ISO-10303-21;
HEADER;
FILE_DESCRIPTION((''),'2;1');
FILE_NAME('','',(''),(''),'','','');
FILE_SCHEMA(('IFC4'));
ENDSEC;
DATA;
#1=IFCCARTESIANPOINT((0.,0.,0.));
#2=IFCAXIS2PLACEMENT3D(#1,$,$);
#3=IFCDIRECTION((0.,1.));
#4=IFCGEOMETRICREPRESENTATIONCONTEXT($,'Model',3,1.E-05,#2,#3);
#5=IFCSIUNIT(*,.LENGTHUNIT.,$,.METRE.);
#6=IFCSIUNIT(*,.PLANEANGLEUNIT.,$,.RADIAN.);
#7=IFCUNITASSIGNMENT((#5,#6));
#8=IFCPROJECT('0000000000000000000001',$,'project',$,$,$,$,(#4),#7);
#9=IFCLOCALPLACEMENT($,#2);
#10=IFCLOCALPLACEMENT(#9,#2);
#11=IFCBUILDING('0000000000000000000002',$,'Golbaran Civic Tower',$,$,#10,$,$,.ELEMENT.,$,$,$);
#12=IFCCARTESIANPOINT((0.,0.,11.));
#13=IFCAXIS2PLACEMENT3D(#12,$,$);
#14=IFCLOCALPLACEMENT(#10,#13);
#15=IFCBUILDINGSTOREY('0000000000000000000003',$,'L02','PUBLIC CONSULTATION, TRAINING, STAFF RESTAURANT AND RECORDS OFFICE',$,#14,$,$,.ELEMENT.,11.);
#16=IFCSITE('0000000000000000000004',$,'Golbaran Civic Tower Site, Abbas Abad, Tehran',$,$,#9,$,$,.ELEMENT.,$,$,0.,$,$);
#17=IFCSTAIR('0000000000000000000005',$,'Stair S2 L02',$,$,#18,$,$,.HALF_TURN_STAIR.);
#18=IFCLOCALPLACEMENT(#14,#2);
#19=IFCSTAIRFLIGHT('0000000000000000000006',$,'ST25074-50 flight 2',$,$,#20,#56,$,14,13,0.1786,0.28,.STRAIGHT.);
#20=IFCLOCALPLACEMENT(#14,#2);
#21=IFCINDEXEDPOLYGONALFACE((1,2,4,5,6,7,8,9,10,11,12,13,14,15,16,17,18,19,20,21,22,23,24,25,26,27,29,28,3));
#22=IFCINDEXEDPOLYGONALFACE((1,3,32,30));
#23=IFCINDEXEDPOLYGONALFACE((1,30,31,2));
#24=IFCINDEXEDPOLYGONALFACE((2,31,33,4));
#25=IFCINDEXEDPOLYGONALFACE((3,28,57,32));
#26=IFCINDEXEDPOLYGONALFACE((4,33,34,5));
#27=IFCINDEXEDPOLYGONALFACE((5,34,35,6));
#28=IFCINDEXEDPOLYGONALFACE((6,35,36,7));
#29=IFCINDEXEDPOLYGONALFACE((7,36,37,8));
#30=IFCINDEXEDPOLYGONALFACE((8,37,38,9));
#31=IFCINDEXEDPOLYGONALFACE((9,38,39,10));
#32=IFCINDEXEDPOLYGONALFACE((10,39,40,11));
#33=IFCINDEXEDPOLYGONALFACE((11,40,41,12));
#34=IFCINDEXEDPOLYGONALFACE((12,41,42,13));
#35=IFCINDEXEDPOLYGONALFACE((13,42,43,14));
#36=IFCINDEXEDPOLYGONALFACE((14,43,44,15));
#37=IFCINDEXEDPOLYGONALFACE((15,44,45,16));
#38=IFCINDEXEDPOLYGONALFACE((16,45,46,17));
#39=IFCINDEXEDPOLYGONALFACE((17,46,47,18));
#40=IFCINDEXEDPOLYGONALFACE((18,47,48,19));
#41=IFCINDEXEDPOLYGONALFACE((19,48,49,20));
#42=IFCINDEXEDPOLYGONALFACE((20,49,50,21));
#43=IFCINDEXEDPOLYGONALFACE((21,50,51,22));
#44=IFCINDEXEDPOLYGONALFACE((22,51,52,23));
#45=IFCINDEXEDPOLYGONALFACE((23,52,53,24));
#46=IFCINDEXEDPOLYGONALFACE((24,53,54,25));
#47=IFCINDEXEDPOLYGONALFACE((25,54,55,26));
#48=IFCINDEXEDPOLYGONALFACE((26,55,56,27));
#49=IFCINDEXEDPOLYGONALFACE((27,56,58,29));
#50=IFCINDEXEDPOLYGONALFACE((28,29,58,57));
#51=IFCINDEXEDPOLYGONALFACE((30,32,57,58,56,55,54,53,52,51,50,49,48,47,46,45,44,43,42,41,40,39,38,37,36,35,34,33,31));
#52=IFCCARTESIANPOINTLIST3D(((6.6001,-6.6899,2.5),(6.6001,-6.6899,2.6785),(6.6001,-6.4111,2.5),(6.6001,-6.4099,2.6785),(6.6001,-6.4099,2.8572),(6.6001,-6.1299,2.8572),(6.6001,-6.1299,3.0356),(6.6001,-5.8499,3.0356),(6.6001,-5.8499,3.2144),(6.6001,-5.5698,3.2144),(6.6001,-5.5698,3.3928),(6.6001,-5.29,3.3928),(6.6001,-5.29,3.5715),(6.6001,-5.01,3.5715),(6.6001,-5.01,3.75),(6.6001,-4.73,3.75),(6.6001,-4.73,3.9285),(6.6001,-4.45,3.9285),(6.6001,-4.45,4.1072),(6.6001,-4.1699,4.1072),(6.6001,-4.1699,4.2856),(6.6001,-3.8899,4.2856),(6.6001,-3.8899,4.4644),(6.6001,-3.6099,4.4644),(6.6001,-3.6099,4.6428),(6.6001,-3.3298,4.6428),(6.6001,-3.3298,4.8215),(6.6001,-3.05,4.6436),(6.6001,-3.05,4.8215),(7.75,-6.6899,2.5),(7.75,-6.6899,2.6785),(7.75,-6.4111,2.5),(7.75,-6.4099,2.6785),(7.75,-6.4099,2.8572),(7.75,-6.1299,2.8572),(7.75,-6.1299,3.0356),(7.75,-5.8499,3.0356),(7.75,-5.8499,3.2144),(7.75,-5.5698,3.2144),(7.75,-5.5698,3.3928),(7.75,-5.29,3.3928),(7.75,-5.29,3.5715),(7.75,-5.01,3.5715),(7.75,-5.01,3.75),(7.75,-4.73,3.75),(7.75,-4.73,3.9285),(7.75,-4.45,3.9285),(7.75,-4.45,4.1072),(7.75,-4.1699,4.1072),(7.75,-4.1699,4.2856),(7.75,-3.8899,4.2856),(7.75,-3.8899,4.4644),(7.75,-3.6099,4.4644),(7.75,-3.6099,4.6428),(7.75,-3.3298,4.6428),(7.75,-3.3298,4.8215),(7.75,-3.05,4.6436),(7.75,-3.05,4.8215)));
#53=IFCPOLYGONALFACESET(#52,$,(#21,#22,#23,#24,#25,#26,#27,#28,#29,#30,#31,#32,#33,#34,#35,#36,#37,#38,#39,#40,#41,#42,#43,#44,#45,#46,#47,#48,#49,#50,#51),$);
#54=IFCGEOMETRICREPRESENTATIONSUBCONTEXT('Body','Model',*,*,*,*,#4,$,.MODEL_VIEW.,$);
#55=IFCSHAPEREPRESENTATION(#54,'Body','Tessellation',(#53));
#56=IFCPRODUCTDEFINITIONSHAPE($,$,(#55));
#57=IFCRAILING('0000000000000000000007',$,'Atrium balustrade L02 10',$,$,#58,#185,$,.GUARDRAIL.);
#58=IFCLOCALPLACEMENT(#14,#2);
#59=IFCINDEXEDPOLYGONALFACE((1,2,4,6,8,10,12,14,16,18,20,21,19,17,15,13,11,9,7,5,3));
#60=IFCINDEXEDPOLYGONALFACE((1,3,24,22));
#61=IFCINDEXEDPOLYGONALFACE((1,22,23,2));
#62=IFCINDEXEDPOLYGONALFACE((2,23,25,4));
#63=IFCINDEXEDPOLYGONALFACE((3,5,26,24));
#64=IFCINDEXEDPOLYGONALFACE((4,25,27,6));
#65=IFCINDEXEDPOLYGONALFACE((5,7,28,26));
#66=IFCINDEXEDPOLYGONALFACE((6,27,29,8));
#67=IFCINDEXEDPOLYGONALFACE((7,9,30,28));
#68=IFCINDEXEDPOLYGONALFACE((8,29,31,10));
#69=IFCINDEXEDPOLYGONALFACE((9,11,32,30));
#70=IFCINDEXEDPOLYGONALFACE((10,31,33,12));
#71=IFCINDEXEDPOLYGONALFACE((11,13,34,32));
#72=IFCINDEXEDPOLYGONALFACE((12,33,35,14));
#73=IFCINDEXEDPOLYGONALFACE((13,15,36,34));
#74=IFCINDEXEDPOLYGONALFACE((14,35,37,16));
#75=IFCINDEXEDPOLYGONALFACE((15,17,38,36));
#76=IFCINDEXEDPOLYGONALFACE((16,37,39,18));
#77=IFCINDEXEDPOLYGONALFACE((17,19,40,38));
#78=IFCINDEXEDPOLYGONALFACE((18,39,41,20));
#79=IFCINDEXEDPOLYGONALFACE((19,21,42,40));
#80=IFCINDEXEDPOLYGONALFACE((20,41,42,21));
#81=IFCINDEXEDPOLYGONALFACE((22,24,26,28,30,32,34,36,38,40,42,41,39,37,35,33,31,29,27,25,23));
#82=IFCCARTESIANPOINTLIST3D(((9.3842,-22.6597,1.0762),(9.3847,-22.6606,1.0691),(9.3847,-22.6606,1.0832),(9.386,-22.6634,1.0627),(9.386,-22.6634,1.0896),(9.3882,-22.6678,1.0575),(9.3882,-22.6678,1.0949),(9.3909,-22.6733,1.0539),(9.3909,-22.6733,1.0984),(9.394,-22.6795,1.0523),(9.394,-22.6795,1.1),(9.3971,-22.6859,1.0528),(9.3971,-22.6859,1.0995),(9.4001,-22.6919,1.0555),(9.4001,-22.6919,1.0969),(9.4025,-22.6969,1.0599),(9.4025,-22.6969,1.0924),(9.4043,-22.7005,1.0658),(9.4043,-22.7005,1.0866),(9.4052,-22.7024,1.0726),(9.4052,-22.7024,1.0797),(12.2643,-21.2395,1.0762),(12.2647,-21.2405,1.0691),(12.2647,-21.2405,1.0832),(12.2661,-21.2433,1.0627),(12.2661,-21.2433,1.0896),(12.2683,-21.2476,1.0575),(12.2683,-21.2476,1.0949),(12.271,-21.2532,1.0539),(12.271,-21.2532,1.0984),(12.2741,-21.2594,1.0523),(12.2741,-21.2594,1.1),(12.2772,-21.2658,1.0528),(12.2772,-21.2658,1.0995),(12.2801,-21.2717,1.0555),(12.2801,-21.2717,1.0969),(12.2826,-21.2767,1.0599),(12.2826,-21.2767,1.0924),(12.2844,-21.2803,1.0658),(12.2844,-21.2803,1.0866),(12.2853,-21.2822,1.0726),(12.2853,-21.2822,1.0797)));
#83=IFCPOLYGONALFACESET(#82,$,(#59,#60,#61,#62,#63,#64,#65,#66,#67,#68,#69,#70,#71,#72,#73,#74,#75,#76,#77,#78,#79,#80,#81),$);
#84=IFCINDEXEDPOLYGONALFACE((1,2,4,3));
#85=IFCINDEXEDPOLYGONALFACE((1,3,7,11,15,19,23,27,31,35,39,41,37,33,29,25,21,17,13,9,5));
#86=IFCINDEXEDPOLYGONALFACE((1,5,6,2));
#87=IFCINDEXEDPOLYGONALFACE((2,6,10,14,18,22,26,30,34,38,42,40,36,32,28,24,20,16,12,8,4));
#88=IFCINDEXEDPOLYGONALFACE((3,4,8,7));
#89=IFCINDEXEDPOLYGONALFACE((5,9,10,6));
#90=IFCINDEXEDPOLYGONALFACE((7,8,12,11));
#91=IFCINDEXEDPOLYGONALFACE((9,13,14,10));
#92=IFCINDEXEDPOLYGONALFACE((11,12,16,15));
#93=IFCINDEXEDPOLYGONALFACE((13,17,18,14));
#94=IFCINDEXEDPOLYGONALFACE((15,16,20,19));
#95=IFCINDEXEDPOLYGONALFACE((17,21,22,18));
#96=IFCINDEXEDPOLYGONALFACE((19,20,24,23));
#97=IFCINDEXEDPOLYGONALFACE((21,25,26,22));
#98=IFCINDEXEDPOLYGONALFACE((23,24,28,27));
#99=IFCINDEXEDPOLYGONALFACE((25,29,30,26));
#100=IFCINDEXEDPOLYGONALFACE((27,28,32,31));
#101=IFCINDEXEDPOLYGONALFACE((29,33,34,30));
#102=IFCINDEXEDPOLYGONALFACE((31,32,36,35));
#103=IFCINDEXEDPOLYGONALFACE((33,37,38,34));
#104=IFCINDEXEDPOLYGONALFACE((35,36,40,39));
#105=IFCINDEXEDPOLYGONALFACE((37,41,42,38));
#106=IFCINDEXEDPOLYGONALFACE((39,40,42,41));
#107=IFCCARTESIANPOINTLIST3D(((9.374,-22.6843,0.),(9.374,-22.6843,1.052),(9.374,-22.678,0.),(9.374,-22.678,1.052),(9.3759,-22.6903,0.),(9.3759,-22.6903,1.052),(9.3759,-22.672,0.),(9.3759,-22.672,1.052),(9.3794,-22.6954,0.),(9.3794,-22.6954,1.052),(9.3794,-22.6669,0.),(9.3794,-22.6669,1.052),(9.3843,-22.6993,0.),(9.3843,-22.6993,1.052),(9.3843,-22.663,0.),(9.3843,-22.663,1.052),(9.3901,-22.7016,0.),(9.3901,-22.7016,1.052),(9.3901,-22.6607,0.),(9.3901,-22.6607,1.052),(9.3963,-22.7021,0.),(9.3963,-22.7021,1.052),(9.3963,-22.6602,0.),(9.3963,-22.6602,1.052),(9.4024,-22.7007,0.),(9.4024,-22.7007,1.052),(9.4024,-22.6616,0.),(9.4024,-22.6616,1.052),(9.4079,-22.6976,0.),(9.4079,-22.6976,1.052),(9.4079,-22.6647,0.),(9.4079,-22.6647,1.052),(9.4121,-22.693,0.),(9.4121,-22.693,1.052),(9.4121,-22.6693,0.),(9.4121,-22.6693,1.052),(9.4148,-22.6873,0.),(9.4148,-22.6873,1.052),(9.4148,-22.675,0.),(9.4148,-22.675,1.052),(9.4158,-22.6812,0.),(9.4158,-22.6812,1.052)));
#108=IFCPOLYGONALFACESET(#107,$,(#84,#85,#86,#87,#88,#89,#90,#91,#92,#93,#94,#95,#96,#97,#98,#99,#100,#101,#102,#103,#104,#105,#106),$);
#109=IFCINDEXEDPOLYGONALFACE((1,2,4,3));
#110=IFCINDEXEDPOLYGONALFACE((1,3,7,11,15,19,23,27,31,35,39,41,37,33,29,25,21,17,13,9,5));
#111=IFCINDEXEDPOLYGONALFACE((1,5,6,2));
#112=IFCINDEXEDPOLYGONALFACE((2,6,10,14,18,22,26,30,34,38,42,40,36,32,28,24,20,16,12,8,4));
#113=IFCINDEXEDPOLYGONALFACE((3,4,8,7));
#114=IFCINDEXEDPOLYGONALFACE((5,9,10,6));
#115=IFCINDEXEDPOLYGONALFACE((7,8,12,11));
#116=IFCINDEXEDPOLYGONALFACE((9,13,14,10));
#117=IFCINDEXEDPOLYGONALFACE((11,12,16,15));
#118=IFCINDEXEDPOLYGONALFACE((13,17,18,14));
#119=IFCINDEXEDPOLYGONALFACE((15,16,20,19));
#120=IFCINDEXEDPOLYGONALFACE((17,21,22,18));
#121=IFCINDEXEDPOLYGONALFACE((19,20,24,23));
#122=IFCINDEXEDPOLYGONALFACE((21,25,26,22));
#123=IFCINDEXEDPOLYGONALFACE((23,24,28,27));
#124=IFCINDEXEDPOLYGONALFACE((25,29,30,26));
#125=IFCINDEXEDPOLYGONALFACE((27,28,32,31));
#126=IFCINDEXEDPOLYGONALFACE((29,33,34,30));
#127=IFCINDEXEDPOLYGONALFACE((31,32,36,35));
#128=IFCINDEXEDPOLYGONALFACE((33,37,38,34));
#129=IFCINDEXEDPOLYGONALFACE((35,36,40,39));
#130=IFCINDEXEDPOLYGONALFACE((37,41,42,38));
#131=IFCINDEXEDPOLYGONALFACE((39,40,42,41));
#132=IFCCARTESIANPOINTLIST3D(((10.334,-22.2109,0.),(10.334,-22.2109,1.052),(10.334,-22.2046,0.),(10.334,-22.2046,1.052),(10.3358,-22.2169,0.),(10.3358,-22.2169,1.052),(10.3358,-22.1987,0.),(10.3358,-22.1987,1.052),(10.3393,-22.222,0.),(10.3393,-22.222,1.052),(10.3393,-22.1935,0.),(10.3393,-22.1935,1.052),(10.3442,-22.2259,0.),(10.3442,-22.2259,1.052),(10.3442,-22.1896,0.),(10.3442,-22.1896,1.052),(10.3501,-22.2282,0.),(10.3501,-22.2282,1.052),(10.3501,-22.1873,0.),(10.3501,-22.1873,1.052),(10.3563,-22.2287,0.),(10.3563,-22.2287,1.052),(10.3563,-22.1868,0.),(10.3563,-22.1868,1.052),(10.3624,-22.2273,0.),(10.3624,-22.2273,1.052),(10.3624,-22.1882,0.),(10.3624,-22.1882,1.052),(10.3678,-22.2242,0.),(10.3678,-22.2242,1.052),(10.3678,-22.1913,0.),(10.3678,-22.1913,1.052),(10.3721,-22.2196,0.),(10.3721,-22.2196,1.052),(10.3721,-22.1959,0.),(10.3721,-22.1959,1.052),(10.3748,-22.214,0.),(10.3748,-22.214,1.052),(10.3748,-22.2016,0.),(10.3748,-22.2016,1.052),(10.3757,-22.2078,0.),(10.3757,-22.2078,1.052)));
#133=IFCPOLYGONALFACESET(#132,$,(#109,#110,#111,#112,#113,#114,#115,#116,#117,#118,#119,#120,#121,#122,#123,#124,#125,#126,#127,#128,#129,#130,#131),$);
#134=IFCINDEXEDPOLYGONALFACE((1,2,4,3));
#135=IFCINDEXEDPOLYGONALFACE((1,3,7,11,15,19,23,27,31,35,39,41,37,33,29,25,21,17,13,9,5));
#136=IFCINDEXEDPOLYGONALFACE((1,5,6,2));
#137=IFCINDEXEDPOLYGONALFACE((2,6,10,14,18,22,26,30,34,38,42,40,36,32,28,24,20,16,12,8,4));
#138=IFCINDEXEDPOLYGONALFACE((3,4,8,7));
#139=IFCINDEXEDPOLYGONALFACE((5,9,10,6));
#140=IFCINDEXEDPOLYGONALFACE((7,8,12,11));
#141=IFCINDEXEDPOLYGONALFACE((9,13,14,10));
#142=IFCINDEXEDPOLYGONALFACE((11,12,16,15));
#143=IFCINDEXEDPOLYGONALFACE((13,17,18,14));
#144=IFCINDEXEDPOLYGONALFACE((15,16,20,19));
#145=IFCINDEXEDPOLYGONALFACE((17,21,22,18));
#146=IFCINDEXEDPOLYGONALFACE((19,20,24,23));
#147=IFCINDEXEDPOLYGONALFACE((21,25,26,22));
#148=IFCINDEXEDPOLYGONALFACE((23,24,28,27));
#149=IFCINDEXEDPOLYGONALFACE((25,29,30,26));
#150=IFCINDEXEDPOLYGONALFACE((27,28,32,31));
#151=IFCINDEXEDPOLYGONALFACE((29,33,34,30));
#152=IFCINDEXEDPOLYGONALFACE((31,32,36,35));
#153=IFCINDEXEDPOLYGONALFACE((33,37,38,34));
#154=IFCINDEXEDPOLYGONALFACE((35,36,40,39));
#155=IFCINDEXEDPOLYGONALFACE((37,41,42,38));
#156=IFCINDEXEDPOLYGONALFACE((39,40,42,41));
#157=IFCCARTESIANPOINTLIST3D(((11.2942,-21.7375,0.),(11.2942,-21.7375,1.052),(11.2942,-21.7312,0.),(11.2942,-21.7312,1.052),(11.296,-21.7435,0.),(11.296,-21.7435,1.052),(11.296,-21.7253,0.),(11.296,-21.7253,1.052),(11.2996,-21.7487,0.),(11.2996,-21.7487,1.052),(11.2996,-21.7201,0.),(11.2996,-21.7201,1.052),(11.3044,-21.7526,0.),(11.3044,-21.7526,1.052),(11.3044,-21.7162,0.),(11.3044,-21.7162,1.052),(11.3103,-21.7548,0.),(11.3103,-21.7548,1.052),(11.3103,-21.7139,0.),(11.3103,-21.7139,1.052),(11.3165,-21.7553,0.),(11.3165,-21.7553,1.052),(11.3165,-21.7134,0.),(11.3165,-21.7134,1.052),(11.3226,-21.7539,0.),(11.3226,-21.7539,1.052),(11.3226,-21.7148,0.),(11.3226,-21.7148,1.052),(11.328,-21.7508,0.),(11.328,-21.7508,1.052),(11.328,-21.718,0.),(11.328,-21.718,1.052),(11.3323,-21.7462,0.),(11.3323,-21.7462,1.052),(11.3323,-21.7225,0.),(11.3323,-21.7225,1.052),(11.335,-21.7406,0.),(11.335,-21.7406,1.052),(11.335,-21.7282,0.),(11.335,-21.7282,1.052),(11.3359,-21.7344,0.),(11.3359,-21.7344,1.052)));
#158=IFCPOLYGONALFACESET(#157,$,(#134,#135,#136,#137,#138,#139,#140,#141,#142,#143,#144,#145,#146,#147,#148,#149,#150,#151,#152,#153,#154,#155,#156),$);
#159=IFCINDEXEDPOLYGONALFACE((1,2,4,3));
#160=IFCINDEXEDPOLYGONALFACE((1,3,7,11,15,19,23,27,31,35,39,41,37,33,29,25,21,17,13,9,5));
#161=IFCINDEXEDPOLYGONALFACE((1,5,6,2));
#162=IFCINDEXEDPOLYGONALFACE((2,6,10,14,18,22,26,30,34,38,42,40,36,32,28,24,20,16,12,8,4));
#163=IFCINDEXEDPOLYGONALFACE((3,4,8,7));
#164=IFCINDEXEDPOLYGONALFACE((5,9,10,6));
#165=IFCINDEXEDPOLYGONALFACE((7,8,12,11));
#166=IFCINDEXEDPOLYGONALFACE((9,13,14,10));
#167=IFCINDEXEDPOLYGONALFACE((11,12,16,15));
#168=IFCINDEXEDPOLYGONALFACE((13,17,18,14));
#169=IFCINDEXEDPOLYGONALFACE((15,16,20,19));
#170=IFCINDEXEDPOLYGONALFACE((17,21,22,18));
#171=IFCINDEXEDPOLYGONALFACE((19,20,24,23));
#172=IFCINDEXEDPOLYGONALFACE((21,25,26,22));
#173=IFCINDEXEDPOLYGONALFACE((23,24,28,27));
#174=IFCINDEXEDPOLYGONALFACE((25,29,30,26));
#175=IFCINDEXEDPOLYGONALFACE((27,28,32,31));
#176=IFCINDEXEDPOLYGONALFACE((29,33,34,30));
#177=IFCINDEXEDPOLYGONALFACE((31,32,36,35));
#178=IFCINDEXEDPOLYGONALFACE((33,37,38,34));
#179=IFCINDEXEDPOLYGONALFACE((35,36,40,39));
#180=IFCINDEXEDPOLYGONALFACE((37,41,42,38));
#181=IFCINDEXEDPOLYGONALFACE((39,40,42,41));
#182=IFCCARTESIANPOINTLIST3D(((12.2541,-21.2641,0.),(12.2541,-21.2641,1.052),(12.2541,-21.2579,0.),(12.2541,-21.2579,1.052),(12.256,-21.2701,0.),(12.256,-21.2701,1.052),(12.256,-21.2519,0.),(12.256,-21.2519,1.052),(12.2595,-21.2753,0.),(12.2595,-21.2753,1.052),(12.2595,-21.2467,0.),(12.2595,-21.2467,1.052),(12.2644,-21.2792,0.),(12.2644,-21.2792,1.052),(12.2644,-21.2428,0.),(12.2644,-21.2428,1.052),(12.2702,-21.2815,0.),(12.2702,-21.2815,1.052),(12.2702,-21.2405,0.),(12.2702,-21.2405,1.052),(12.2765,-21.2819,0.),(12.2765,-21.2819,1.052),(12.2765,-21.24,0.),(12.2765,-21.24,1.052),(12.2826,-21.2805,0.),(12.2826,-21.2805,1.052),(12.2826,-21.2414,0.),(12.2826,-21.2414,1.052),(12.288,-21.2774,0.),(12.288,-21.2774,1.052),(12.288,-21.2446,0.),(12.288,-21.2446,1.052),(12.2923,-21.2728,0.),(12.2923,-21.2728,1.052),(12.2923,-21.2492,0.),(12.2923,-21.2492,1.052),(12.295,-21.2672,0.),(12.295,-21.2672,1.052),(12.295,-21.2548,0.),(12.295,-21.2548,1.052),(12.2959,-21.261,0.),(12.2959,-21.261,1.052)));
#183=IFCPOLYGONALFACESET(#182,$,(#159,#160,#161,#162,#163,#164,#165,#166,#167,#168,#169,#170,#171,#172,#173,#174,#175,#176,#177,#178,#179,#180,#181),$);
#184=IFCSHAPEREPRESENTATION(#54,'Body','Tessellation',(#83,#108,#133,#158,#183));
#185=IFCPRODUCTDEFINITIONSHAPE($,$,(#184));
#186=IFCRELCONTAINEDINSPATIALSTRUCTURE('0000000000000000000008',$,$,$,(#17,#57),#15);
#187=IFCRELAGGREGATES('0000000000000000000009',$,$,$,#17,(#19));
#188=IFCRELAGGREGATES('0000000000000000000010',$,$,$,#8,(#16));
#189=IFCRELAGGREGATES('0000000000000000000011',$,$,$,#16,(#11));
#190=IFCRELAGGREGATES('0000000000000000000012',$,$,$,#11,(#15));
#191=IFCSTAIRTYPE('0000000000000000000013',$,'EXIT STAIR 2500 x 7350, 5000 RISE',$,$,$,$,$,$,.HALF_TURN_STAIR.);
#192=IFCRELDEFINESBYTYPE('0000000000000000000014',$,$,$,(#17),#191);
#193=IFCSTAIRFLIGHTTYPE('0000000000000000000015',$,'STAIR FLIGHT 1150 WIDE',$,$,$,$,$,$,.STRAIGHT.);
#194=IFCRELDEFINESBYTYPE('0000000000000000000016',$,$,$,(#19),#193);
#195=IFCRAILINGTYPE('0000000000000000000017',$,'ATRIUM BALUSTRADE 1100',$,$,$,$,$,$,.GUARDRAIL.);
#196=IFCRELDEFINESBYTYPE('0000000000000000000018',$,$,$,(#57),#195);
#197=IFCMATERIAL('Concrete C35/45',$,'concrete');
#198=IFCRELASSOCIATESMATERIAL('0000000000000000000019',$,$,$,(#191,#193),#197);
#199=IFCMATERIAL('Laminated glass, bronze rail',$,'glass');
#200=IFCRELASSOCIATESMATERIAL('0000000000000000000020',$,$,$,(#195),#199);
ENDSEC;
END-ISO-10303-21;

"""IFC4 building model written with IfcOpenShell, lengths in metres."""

from ifc_helpers import new_model, si_unit, direction, frame, origin, origin_2d, place, context, subcontext, project, spatial, polyline, circle, outline, extrude, material, type_object, element, aggregate, save


model = new_model("IFC4")

# Units and contexts
model_context = context("Model", 3, precision=1e-05, world=origin(), true_north=direction((0.0, 1.0)))
body_context = subcontext(model_context, "Body", "Model", "MODEL_VIEW")
ifc_project = project(units=[si_unit("LENGTHUNIT", "METRE"), si_unit("PLANEANGLEUNIT", "RADIAN")], contexts=[model_context])

# Site, building, storey
site_placement = place(None, origin())
site = spatial("IfcSite", under=ifc_project, at=site_placement, Name="Golbaran Civic Tower Site, Abbas Abad, Tehran", CompositionType="ELEMENT", RefElevation=0.0)
building_placement = place(site_placement, origin())
building = spatial("IfcBuilding", under=site, at=building_placement, Name="Golbaran Civic Tower", CompositionType="ELEMENT")
storey_placement = place(building_placement, frame((0.0, 0.0, 11.0)))
storey = spatial("IfcBuildingStorey", under=building, at=storey_placement, Name="L02", Description="PUBLIC CONSULTATION, TRAINING, STAFF RESTAURANT AND RECORDS OFFICE", CompositionType="ELEMENT", Elevation=11.0)

# Stair, stair flight
ifc_material_1 = material(Name="Concrete C35/45", Category="concrete")
stair_type = type_object("IfcStairType", Name="EXIT STAIR 2500 x 7350, 5000 RISE", PredefinedType="HALF_TURN_STAIR", material=ifc_material_1)
stair_placement = place(storey_placement, origin())
stair = element("IfcStair", 1, at=stair_placement, inside=storey, type_object=stair_type, Name="Stair S2 L02", PredefinedType="HALF_TURN_STAIR")
stair_flight_type = type_object("IfcStairFlightType", Name="STAIR FLIGHT 1150 WIDE", PredefinedType="STRAIGHT", material=ifc_material_1)
stair_flight_1_placement = place(storey_placement, frame((7.175, -6.6899, 2.5), z_axis=(0.0, 0.0, 1.0), x_axis=(0.0, 1.0, 0.0)))
stair_flight_1 = element("IfcStairFlight", 2, at=stair_flight_1_placement, type_object=stair_flight_type, Name="ST25074-50 flight 2", NumberOfRisers=14, NumberOfTreads=13, PredefinedType="STRAIGHT", RiserHeight=0.1786, TreadLength=0.28, context=body_context, shape_type="SweptSolid", body=[
    extrude(outline(polyline([(0.0, 0.0), (0.0, 0.1785), (0.28, 0.1785), (0.28, 0.3572), (0.5601, 0.3572), (0.5601, 0.5356), (0.8401, 0.5356), (0.8401, 0.7144), (1.1201, 0.7144), (1.1201, 0.8928), (1.3999, 0.8928), (1.3999, 1.0715), (1.6799, 1.0715), (1.6799, 1.25), (1.96, 1.25), (1.96, 1.4285), (2.24, 1.4285), (2.24, 1.6072), (2.52, 1.6072), (2.52, 1.7856), (2.8, 1.7856), (2.8, 1.9644), (3.0801, 1.9644), (3.0801, 2.1428), (3.3601, 2.1428), (3.3601, 2.3215), (3.6399, 2.3215), (3.6399, 2.5), (3.6399, 2.1436), (0.2788, 0.0), (0.0, 0.0)])), frame((0.0, 0.575, 0.0), z_axis=(0.0, -1.0, 0.0), x_axis=(1.0, 0.0, 0.0)), (0.0, 0.0, 1.0), 1.1499),
])
aggregate(stair, [stair_flight_1])

# Railing
ifc_material_2 = material(Name="Laminated glass, bronze rail", Category="glass")
railing_type_1 = type_object("IfcRailingType", Name="ATRIUM BALUSTRADE 1100", PredefinedType="GUARDRAIL", material=ifc_material_2)
railing_1_placement = place(storey_placement, frame((9.3948, -22.6812, 0.0)))
element("IfcRailing", 3, at=railing_1_placement, inside=storey, type_object=railing_type_1, Name="Atrium balustrade L02 10", PredefinedType="GUARDRAIL", context=body_context, shape_type="SweptSolid", body=[
    extrude(circle(Radius=0.0239, at=origin_2d()), frame((0.0, 0.0, 1.0762), z_axis=(0.896892, 0.44225, 0.0), x_axis=(-0.44225, 0.896892, 0.0)), (0.0, 0.0, 1.0), 3.2112),
    extrude(circle(Radius=0.021, at=origin_2d()), origin(), (0.0, 0.0, 1.0), 1.052),
    extrude(circle(Radius=0.021, at=origin_2d()), frame((0.96, 0.4734, 0.0)), (0.0, 0.0, 1.0), 1.052),
    extrude(circle(Radius=0.021, at=origin_2d()), frame((1.9202, 0.9468, 0.0)), (0.0, 0.0, 1.0), 1.052),
    extrude(circle(Radius=0.021, at=origin_2d()), frame((2.8801, 1.4202, 0.0)), (0.0, 0.0, 1.0), 1.052),
])

save(model, "model.ifc")
